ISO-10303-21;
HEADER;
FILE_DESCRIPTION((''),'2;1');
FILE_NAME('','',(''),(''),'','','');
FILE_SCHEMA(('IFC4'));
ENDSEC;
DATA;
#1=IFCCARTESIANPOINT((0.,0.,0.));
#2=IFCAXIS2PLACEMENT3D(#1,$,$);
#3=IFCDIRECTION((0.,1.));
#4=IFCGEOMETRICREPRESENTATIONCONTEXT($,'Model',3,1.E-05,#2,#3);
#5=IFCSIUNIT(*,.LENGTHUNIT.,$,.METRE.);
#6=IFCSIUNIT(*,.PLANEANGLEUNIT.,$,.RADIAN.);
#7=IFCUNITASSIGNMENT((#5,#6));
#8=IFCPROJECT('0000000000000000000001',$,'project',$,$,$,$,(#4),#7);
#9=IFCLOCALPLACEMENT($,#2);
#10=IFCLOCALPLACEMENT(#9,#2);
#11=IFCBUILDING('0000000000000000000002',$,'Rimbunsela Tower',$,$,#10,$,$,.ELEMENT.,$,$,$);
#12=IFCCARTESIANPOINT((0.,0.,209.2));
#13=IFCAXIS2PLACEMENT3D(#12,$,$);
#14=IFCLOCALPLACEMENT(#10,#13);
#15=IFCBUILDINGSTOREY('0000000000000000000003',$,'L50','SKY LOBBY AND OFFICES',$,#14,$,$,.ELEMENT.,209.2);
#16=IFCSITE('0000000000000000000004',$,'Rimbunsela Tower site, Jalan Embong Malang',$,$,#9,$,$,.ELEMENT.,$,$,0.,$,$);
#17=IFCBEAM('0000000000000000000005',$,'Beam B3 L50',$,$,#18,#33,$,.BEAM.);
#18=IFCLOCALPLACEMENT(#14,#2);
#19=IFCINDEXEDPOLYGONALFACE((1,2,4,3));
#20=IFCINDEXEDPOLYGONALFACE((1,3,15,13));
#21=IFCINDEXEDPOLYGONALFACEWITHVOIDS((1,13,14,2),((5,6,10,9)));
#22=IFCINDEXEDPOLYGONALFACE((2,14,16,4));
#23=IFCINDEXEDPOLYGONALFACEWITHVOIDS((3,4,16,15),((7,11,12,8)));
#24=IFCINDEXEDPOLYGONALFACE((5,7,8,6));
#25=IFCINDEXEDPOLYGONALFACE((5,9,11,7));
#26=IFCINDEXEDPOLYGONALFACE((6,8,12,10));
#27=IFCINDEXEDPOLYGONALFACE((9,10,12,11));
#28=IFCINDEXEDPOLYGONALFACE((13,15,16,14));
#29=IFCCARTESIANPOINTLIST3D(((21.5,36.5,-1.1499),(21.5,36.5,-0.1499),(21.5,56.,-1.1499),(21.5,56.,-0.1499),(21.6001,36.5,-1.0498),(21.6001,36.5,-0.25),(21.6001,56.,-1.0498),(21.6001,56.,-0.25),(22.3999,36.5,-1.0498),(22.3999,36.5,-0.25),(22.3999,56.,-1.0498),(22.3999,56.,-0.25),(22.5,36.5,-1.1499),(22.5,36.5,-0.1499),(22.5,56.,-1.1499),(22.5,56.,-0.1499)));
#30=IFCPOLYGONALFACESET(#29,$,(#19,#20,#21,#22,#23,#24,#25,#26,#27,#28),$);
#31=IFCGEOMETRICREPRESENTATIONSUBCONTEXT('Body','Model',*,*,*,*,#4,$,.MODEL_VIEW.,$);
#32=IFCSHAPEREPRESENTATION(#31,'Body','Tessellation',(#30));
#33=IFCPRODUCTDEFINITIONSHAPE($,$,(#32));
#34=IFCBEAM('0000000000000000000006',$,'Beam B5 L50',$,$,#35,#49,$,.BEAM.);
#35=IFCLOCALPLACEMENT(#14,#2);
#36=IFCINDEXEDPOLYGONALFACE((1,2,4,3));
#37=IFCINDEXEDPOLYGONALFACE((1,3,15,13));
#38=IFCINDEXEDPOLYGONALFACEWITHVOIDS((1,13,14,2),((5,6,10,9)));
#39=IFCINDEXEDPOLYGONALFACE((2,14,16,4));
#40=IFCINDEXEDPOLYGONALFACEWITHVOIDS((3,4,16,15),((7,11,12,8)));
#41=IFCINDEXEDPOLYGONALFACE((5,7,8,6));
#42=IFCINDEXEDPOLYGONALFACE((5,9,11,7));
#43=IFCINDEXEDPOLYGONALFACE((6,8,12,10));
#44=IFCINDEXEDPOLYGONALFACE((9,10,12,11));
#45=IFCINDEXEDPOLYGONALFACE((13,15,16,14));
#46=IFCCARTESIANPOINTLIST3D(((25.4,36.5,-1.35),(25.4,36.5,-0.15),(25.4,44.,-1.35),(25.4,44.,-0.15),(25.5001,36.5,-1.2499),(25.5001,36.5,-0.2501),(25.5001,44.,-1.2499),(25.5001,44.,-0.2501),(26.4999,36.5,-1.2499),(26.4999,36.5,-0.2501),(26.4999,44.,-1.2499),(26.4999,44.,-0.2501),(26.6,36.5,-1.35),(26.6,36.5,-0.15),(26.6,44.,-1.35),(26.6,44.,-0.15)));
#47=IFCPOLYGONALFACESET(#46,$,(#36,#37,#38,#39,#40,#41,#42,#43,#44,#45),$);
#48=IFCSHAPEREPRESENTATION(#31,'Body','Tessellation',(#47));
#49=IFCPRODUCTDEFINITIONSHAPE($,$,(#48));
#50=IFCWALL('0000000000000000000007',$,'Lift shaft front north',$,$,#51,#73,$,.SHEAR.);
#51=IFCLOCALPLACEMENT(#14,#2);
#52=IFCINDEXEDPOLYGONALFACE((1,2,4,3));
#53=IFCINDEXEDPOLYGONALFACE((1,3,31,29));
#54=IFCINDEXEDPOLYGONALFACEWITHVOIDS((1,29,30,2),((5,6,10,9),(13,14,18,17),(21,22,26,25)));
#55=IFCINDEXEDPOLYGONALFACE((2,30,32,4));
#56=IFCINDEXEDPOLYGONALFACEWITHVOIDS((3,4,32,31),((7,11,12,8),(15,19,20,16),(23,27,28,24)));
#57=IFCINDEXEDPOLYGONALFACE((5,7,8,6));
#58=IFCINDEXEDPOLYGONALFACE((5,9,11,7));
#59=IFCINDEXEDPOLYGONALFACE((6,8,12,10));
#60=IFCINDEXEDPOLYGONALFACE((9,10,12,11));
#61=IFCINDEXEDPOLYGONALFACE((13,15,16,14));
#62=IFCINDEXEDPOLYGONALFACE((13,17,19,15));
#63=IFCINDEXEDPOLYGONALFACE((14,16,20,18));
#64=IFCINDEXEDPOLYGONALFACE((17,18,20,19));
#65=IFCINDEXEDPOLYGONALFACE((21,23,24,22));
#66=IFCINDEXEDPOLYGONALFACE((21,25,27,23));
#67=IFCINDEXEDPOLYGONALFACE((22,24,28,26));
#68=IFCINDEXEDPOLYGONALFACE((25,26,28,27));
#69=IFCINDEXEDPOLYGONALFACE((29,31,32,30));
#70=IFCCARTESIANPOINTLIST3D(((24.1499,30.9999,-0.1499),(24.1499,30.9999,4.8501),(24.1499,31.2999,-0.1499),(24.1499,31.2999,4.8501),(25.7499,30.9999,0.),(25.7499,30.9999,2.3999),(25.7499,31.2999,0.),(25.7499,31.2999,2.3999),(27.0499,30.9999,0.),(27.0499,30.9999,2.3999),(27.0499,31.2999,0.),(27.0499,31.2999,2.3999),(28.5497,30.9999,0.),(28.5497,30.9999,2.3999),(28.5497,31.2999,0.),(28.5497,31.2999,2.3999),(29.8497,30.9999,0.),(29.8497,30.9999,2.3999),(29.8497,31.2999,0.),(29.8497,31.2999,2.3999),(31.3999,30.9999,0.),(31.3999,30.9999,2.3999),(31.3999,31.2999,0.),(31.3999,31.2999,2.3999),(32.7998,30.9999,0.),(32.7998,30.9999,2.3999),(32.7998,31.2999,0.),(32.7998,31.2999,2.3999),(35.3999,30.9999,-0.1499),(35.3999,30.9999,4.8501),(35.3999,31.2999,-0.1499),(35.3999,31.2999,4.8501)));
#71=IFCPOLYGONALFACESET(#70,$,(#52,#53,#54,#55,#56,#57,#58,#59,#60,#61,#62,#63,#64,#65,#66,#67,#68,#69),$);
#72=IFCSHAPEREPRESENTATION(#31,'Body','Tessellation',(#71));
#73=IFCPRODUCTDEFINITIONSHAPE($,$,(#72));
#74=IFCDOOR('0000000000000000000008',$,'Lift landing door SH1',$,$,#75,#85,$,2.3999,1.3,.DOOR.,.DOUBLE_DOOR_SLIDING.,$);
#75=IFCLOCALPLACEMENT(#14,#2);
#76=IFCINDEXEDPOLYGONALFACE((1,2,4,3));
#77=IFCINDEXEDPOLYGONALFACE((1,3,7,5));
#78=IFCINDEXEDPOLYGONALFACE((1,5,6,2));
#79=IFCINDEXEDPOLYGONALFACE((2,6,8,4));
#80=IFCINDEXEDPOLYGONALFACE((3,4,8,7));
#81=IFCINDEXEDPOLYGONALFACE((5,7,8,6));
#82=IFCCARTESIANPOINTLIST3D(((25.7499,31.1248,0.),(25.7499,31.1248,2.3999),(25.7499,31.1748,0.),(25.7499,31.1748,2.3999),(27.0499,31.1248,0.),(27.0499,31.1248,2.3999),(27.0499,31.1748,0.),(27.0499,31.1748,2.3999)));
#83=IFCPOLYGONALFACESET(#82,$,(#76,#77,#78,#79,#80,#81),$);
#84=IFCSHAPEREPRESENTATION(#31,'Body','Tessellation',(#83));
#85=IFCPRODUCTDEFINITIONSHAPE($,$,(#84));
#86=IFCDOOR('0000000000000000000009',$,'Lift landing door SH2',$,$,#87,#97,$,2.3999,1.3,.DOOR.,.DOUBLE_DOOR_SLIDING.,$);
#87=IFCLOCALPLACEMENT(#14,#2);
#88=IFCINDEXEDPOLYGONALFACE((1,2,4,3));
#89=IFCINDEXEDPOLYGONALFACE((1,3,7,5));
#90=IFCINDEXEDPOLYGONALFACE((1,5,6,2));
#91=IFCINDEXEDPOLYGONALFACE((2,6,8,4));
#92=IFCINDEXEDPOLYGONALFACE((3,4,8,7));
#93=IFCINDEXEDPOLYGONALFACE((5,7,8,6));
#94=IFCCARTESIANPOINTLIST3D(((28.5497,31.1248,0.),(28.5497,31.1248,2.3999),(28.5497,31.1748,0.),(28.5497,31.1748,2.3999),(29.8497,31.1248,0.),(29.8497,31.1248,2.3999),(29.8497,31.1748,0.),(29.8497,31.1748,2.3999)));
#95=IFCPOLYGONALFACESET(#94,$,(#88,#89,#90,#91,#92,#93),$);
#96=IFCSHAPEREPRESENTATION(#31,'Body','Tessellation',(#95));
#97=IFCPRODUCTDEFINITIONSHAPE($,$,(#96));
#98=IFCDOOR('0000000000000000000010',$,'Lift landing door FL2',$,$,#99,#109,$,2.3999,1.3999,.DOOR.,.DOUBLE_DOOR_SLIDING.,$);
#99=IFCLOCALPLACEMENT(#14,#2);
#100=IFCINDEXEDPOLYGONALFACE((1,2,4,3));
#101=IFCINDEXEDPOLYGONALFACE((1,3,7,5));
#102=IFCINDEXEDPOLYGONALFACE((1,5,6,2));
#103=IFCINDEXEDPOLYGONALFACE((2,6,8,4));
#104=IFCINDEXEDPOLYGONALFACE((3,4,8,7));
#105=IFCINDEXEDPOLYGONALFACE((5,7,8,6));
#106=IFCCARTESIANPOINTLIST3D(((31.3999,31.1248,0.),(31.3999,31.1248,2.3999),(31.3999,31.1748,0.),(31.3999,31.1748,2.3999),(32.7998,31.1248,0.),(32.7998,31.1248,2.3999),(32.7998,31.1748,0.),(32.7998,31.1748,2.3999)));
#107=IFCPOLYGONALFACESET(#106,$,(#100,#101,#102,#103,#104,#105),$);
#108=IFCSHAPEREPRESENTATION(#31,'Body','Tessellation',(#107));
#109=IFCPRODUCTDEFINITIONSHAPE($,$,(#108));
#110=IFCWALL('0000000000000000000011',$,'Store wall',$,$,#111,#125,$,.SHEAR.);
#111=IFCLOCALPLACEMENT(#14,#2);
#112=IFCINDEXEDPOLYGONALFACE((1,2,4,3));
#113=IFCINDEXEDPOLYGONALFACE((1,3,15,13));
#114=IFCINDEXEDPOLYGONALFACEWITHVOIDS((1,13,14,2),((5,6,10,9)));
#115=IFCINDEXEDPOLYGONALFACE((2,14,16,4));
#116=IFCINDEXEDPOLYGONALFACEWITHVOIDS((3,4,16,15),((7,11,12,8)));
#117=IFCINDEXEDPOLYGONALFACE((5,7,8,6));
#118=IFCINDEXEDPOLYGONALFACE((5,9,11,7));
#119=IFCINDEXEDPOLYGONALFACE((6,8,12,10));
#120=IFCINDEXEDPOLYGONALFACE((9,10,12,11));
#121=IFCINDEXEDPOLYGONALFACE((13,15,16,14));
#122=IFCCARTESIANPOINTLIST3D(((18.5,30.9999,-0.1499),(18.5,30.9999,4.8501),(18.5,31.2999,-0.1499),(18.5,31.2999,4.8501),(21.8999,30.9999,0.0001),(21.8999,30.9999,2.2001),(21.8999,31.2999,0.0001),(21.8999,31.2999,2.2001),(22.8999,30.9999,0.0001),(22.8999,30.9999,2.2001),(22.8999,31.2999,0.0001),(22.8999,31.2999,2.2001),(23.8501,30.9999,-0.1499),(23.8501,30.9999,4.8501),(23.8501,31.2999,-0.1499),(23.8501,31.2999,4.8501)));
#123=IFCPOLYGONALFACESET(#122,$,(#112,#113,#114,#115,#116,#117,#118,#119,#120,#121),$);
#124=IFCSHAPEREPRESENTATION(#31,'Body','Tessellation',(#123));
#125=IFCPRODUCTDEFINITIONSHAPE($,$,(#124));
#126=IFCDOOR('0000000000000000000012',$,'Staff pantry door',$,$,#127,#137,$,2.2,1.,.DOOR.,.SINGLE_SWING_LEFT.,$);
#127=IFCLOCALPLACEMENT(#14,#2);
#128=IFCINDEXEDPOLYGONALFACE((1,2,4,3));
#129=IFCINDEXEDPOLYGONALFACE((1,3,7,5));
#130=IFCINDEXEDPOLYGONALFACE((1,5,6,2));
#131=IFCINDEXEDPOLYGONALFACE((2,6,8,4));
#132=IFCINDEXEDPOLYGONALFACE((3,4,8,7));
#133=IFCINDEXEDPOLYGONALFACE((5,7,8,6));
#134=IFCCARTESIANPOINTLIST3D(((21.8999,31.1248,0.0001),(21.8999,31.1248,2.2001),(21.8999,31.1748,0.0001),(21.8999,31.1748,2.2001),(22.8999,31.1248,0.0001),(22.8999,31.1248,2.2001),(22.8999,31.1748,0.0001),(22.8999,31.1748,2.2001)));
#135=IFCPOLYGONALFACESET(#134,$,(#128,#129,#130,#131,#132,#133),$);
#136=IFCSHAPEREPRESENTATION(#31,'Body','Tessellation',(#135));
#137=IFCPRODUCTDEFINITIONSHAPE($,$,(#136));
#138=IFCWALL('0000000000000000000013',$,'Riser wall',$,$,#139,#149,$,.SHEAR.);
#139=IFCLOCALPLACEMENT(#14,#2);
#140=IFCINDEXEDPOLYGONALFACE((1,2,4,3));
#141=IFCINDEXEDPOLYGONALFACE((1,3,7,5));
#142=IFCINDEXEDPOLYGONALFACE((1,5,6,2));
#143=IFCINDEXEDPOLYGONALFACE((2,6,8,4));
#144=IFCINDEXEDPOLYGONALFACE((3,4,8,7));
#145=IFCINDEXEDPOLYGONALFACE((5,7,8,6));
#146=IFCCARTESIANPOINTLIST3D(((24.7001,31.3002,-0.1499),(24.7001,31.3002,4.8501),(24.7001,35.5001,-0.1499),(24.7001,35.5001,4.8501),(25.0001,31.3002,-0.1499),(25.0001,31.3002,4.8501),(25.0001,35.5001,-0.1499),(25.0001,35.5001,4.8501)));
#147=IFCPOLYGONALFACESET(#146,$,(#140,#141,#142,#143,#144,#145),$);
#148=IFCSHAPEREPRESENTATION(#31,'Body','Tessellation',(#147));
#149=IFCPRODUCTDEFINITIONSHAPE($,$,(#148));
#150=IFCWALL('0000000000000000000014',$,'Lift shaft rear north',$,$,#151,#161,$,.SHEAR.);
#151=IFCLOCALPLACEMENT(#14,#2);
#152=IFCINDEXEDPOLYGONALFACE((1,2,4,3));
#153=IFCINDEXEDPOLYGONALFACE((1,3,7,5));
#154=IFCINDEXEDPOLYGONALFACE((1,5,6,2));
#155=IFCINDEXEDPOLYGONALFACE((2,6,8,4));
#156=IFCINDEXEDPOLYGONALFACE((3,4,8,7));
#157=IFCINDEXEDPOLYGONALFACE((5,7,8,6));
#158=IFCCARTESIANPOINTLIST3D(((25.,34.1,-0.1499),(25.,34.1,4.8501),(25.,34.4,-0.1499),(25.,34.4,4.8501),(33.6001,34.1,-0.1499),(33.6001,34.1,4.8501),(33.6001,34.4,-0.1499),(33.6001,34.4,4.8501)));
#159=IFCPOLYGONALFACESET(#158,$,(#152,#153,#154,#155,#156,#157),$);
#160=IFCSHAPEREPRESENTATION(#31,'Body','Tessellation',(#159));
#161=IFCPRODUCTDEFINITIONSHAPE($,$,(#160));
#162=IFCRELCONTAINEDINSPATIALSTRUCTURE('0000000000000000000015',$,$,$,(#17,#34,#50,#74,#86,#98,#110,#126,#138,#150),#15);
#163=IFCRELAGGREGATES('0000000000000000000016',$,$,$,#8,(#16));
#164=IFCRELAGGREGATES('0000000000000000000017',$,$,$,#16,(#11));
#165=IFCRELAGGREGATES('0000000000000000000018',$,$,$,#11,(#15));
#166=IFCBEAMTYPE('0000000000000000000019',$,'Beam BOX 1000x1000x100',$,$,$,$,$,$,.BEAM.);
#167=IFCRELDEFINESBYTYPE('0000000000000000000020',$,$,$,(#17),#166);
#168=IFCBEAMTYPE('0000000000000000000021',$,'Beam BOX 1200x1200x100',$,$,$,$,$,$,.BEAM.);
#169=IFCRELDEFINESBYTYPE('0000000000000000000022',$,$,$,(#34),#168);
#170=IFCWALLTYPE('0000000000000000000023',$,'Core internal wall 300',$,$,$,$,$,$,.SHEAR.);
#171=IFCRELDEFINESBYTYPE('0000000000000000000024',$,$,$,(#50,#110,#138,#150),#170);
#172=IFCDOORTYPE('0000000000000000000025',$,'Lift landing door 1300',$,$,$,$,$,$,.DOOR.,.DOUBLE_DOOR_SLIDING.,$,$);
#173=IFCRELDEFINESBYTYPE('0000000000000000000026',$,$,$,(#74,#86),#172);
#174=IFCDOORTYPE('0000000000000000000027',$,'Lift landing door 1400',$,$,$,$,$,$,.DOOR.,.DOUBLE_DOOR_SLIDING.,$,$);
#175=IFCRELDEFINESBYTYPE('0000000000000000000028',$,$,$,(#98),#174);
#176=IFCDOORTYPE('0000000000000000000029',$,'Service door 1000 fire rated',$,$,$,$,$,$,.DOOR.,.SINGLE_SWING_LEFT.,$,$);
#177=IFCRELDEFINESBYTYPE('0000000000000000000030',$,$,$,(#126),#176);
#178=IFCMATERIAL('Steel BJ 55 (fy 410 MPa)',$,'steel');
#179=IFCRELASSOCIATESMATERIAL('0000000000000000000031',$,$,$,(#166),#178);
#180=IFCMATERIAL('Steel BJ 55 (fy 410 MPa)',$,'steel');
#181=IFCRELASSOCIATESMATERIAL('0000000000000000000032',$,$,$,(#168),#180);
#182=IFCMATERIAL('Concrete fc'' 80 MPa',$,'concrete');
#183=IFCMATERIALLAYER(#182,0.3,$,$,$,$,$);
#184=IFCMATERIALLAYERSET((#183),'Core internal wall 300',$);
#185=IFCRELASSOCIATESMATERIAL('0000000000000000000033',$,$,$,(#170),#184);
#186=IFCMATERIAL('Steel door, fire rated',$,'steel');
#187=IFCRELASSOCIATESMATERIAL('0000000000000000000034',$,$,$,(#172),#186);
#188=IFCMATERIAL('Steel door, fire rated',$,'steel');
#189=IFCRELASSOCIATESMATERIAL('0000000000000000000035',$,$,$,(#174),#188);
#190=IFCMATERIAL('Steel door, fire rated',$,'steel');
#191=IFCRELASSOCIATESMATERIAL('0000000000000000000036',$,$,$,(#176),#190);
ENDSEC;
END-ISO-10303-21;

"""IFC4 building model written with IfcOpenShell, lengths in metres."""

from ifc_helpers import new_model, si_unit, direction, frame, frame_2d, origin, origin_2d, place, context, subcontext, project, spatial, rectangle, hollow_rectangle, extrude, material, layer, layer_set, material_profile, profile_set, type_object, element, fill, save


model = new_model("IFC4")

# Units and contexts
model_context = context("Model", 3, precision=1e-05, world=origin(), true_north=direction((0.0, 1.0)))
body_context = subcontext(model_context, "Body", "Model", "MODEL_VIEW")
ifc_project = project(units=[si_unit("LENGTHUNIT", "METRE"), si_unit("PLANEANGLEUNIT", "RADIAN")], contexts=[model_context])

# Site, building, storey
site_placement = place(None, origin())
site = spatial("IfcSite", under=ifc_project, at=site_placement, Name="Rimbunsela Tower site, Jalan Embong Malang", CompositionType="ELEMENT", RefElevation=0.0)
building_placement = place(site_placement, origin())
building = spatial("IfcBuilding", under=site, at=building_placement, Name="Rimbunsela Tower", CompositionType="ELEMENT")
storey_placement = place(building_placement, frame((0.0, 0.0, 209.2)))
storey = spatial("IfcBuildingStorey", under=building, at=storey_placement, Name="L50", Description="SKY LOBBY AND OFFICES", CompositionType="ELEMENT", Elevation=209.2)

# Beams
ifc_material_1 = material(Name="Steel BJ 55 (fy 410 MPa)", Category="steel")
ifc_material_profile_1 = material_profile(ifc_material_1, hollow_rectangle(XDim=1.0, YDim=1.0, WallThickness=0.1001, at=origin_2d()), Name="BOX 1000x1000x100")
ifc_profile_set_1 = profile_set([ifc_material_profile_1], Name="Steel BJ 55 (fy 410 MPa)")
beam_type_1 = type_object("IfcBeamType", Name="Beam BOX 1000x1000x100", PredefinedType="BEAM", material=ifc_profile_set_1)
beam_1_placement = place(storey_placement, frame((22.0, 36.5, -0.6499), z_axis=(0.0, 1.0, 0.0), x_axis=(-1.0, 0.0, 0.0)))
element("IfcBeam", 1, at=beam_1_placement, inside=storey, type_object=beam_type_1, Name="Beam B3 L50", PredefinedType="BEAM", context=body_context, shape_type="SweptSolid", body=[
    extrude(hollow_rectangle(XDim=1.0, YDim=1.0, WallThickness=0.1001, at=origin_2d()), origin(), (0.0, 0.0, 1.0), 19.5),
])
ifc_material_2 = material(Name="Steel BJ 55 (fy 410 MPa)", Category="steel")
ifc_material_profile_2 = material_profile(ifc_material_2, hollow_rectangle(XDim=1.2, YDim=1.2, WallThickness=0.1001, at=origin_2d()), Name="BOX 1200x1200x100")
ifc_profile_set_2 = profile_set([ifc_material_profile_2], Name="Steel BJ 55 (fy 410 MPa)")
beam_type_2 = type_object("IfcBeamType", Name="Beam BOX 1200x1200x100", PredefinedType="BEAM", material=ifc_profile_set_2)
beam_2_placement = place(storey_placement, frame((26.0, 36.5, -0.75), z_axis=(0.0, 1.0, 0.0), x_axis=(-1.0, 0.0, 0.0)))
element("IfcBeam", 2, at=beam_2_placement, inside=storey, type_object=beam_type_2, Name="Beam B5 L50", PredefinedType="BEAM", context=body_context, shape_type="SweptSolid", body=[
    extrude(hollow_rectangle(XDim=1.2, YDim=1.2, WallThickness=0.1001, at=origin_2d()), origin(), (0.0, 0.0, 1.0), 7.5),
])

# Wall, openings, doors
ifc_material_3 = material(Name="Concrete fc' 80 MPa", Category="concrete")
ifc_layer_1 = layer(ifc_material_3, 0.3)
ifc_layer_set_1 = layer_set([ifc_layer_1], Name="Core internal wall 300")
wall_type_1 = type_object("IfcWallType", Name="Core internal wall 300", PredefinedType="SHEAR", material=ifc_layer_set_1)
wall_1_placement = place(storey_placement, frame((24.1499, 31.1499, -0.1499), z_axis=(0.0, 0.0, 1.0), x_axis=(1.0, 0.0, 0.0)))
wall_1 = element("IfcWall", 3, at=wall_1_placement, inside=storey, type_object=wall_type_1, Name="Lift shaft front north", PredefinedType="SHEAR", context=body_context, shape_type="SweptSolid", body=[
    extrude(rectangle(XDim=11.25, YDim=0.3, at=frame_2d((5.625, 0.0))), origin(), (0.0, 0.0, 1.0), 5.0),
])
opening_1_placement = place(wall_1_placement, frame((1.6001, 0.0, 0.1499)))
opening_1 = element("IfcOpeningElement", 4, at=opening_1_placement, cuts=wall_1, PredefinedType="OPENING", context=body_context, shape_type="SweptSolid", body=[
    extrude(rectangle(XDim=1.3, YDim=2.3999, at=frame_2d((0.6499, 1.2))), frame((0.0, 0.1599, 0.0), z_axis=(0.0, -1.0, 0.0), x_axis=(1.0, 0.0, 0.0)), (0.0, 0.0, 1.0), 0.3201),
])
opening_2_placement = place(wall_1_placement, frame((4.3999, 0.0, 0.1499)))
opening_2 = element("IfcOpeningElement", 5, at=opening_2_placement, cuts=wall_1, PredefinedType="OPENING", context=body_context, shape_type="SweptSolid", body=[
    extrude(rectangle(XDim=1.3, YDim=2.3999, at=frame_2d((0.6499, 1.2))), frame((0.0, 0.1599, 0.0), z_axis=(0.0, -1.0, 0.0), x_axis=(1.0, 0.0, 0.0)), (0.0, 0.0, 1.0), 0.3201),
])
opening_3_placement = place(wall_1_placement, frame((7.25, 0.0, 0.1499)))
opening_3 = element("IfcOpeningElement", 6, at=opening_3_placement, cuts=wall_1, PredefinedType="OPENING", context=body_context, shape_type="SweptSolid", body=[
    extrude(rectangle(XDim=1.3999, YDim=2.3999, at=frame_2d((0.7, 1.2))), frame((0.0, 0.1599, 0.0), z_axis=(0.0, -1.0, 0.0), x_axis=(1.0, 0.0, 0.0)), (0.0, 0.0, 1.0), 0.3201),
])
ifc_material_4 = material(Name="Steel door, fire rated", Category="steel")
door_type_1 = type_object("IfcDoorType", Name="Lift landing door 1300", OperationType="DOUBLE_DOOR_SLIDING", PredefinedType="DOOR", material=ifc_material_4)
door_1_placement = place(opening_1_placement, origin())
door_1 = element("IfcDoor", 7, at=door_1_placement, inside=storey, type_object=door_type_1, Name="Lift landing door SH1", OperationType="DOUBLE_DOOR_SLIDING", OverallHeight=2.3999, OverallWidth=1.3, PredefinedType="DOOR", context=body_context, shape_type="SweptSolid", body=[
    extrude(rectangle(XDim=1.3, YDim=2.3999, at=frame_2d((0.6499, 1.2))), frame((0.0, 0.0249, 0.0), z_axis=(0.0, -1.0, 0.0), x_axis=(1.0, 0.0, 0.0)), (0.0, 0.0, 1.0), 0.05),
])
fill(opening_1, door_1)
door_2_placement = place(opening_2_placement, origin())
door_2 = element("IfcDoor", 8, at=door_2_placement, inside=storey, type_object=door_type_1, Name="Lift landing door SH2", OperationType="DOUBLE_DOOR_SLIDING", OverallHeight=2.3999, OverallWidth=1.3, PredefinedType="DOOR", context=body_context, shape_type="SweptSolid", body=[
    extrude(rectangle(XDim=1.3, YDim=2.3999, at=frame_2d((0.6499, 1.2))), frame((0.0, 0.0249, 0.0), z_axis=(0.0, -1.0, 0.0), x_axis=(1.0, 0.0, 0.0)), (0.0, 0.0, 1.0), 0.05),
])
fill(opening_2, door_2)
ifc_material_5 = material(Name="Steel door, fire rated", Category="steel")
door_type_2 = type_object("IfcDoorType", Name="Lift landing door 1400", OperationType="DOUBLE_DOOR_SLIDING", PredefinedType="DOOR", material=ifc_material_5)
door_3_placement = place(opening_3_placement, origin())
door_3 = element("IfcDoor", 9, at=door_3_placement, inside=storey, type_object=door_type_2, Name="Lift landing door FL2", OperationType="DOUBLE_DOOR_SLIDING", OverallHeight=2.3999, OverallWidth=1.3999, PredefinedType="DOOR", context=body_context, shape_type="SweptSolid", body=[
    extrude(rectangle(XDim=1.3999, YDim=2.3999, at=frame_2d((0.7, 1.2))), frame((0.0, 0.0249, 0.0), z_axis=(0.0, -1.0, 0.0), x_axis=(1.0, 0.0, 0.0)), (0.0, 0.0, 1.0), 0.05),
])
fill(opening_3, door_3)

# Wall, opening, door
wall_2_placement = place(storey_placement, frame((18.5, 31.1499, -0.1499), z_axis=(0.0, 0.0, 1.0), x_axis=(1.0, 0.0, 0.0)))
wall_2 = element("IfcWall", 10, at=wall_2_placement, inside=storey, type_object=wall_type_1, Name="Store wall", PredefinedType="SHEAR", context=body_context, shape_type="SweptSolid", body=[
    extrude(rectangle(XDim=5.3501, YDim=0.3, at=frame_2d((2.675, 0.0))), origin(), (0.0, 0.0, 1.0), 5.0),
])
opening_4_placement = place(wall_2_placement, frame((3.3999, 0.0, 0.1499)))
opening_4 = element("IfcOpeningElement", 11, at=opening_4_placement, cuts=wall_2, PredefinedType="OPENING", context=body_context, shape_type="SweptSolid", body=[
    extrude(rectangle(XDim=1.0, YDim=2.2, at=frame_2d((0.5, 1.1001))), frame((0.0, 0.1599, 0.0), z_axis=(0.0, -1.0, 0.0), x_axis=(1.0, 0.0, 0.0)), (0.0, 0.0, 1.0), 0.3201),
])
ifc_material_6 = material(Name="Steel door, fire rated", Category="steel")
door_type_3 = type_object("IfcDoorType", Name="Service door 1000 fire rated", OperationType="SINGLE_SWING_LEFT", PredefinedType="DOOR", material=ifc_material_6)
door_4_placement = place(opening_4_placement, origin())
door_4 = element("IfcDoor", 12, at=door_4_placement, inside=storey, type_object=door_type_3, Name="Staff pantry door", OperationType="SINGLE_SWING_LEFT", OverallHeight=2.2, OverallWidth=1.0, PredefinedType="DOOR", context=body_context, shape_type="SweptSolid", body=[
    extrude(rectangle(XDim=1.0, YDim=2.2, at=frame_2d((0.5, 1.1001))), frame((0.0, 0.0249, 0.0), z_axis=(0.0, -1.0, 0.0), x_axis=(1.0, 0.0, 0.0)), (0.0, 0.0, 1.0), 0.05),
])
fill(opening_4, door_4)

# Walls
wall_3_placement = place(storey_placement, frame((24.8501, 31.3, -0.1499), z_axis=(0.0, 0.0, 1.0), x_axis=(0.0, 1.0, 0.0)))
element("IfcWall", 13, at=wall_3_placement, inside=storey, type_object=wall_type_1, Name="Riser wall", PredefinedType="SHEAR", context=body_context, shape_type="SweptSolid", body=[
    extrude(rectangle(XDim=4.2, YDim=0.3, at=frame_2d((2.1001, 0.0))), origin(), (0.0, 0.0, 1.0), 5.0),
])
wall_4_placement = place(storey_placement, frame((25.0, 34.25, -0.1499), z_axis=(0.0, 0.0, 1.0), x_axis=(1.0, 0.0, 0.0)))
element("IfcWall", 14, at=wall_4_placement, inside=storey, type_object=wall_type_1, Name="Lift shaft rear north", PredefinedType="SHEAR", context=body_context, shape_type="SweptSolid", body=[
    extrude(rectangle(XDim=8.6001, YDim=0.3, at=frame_2d((4.3, 0.0))), origin(), (0.0, 0.0, 1.0), 5.0),
])

save(model, "model.ifc")
